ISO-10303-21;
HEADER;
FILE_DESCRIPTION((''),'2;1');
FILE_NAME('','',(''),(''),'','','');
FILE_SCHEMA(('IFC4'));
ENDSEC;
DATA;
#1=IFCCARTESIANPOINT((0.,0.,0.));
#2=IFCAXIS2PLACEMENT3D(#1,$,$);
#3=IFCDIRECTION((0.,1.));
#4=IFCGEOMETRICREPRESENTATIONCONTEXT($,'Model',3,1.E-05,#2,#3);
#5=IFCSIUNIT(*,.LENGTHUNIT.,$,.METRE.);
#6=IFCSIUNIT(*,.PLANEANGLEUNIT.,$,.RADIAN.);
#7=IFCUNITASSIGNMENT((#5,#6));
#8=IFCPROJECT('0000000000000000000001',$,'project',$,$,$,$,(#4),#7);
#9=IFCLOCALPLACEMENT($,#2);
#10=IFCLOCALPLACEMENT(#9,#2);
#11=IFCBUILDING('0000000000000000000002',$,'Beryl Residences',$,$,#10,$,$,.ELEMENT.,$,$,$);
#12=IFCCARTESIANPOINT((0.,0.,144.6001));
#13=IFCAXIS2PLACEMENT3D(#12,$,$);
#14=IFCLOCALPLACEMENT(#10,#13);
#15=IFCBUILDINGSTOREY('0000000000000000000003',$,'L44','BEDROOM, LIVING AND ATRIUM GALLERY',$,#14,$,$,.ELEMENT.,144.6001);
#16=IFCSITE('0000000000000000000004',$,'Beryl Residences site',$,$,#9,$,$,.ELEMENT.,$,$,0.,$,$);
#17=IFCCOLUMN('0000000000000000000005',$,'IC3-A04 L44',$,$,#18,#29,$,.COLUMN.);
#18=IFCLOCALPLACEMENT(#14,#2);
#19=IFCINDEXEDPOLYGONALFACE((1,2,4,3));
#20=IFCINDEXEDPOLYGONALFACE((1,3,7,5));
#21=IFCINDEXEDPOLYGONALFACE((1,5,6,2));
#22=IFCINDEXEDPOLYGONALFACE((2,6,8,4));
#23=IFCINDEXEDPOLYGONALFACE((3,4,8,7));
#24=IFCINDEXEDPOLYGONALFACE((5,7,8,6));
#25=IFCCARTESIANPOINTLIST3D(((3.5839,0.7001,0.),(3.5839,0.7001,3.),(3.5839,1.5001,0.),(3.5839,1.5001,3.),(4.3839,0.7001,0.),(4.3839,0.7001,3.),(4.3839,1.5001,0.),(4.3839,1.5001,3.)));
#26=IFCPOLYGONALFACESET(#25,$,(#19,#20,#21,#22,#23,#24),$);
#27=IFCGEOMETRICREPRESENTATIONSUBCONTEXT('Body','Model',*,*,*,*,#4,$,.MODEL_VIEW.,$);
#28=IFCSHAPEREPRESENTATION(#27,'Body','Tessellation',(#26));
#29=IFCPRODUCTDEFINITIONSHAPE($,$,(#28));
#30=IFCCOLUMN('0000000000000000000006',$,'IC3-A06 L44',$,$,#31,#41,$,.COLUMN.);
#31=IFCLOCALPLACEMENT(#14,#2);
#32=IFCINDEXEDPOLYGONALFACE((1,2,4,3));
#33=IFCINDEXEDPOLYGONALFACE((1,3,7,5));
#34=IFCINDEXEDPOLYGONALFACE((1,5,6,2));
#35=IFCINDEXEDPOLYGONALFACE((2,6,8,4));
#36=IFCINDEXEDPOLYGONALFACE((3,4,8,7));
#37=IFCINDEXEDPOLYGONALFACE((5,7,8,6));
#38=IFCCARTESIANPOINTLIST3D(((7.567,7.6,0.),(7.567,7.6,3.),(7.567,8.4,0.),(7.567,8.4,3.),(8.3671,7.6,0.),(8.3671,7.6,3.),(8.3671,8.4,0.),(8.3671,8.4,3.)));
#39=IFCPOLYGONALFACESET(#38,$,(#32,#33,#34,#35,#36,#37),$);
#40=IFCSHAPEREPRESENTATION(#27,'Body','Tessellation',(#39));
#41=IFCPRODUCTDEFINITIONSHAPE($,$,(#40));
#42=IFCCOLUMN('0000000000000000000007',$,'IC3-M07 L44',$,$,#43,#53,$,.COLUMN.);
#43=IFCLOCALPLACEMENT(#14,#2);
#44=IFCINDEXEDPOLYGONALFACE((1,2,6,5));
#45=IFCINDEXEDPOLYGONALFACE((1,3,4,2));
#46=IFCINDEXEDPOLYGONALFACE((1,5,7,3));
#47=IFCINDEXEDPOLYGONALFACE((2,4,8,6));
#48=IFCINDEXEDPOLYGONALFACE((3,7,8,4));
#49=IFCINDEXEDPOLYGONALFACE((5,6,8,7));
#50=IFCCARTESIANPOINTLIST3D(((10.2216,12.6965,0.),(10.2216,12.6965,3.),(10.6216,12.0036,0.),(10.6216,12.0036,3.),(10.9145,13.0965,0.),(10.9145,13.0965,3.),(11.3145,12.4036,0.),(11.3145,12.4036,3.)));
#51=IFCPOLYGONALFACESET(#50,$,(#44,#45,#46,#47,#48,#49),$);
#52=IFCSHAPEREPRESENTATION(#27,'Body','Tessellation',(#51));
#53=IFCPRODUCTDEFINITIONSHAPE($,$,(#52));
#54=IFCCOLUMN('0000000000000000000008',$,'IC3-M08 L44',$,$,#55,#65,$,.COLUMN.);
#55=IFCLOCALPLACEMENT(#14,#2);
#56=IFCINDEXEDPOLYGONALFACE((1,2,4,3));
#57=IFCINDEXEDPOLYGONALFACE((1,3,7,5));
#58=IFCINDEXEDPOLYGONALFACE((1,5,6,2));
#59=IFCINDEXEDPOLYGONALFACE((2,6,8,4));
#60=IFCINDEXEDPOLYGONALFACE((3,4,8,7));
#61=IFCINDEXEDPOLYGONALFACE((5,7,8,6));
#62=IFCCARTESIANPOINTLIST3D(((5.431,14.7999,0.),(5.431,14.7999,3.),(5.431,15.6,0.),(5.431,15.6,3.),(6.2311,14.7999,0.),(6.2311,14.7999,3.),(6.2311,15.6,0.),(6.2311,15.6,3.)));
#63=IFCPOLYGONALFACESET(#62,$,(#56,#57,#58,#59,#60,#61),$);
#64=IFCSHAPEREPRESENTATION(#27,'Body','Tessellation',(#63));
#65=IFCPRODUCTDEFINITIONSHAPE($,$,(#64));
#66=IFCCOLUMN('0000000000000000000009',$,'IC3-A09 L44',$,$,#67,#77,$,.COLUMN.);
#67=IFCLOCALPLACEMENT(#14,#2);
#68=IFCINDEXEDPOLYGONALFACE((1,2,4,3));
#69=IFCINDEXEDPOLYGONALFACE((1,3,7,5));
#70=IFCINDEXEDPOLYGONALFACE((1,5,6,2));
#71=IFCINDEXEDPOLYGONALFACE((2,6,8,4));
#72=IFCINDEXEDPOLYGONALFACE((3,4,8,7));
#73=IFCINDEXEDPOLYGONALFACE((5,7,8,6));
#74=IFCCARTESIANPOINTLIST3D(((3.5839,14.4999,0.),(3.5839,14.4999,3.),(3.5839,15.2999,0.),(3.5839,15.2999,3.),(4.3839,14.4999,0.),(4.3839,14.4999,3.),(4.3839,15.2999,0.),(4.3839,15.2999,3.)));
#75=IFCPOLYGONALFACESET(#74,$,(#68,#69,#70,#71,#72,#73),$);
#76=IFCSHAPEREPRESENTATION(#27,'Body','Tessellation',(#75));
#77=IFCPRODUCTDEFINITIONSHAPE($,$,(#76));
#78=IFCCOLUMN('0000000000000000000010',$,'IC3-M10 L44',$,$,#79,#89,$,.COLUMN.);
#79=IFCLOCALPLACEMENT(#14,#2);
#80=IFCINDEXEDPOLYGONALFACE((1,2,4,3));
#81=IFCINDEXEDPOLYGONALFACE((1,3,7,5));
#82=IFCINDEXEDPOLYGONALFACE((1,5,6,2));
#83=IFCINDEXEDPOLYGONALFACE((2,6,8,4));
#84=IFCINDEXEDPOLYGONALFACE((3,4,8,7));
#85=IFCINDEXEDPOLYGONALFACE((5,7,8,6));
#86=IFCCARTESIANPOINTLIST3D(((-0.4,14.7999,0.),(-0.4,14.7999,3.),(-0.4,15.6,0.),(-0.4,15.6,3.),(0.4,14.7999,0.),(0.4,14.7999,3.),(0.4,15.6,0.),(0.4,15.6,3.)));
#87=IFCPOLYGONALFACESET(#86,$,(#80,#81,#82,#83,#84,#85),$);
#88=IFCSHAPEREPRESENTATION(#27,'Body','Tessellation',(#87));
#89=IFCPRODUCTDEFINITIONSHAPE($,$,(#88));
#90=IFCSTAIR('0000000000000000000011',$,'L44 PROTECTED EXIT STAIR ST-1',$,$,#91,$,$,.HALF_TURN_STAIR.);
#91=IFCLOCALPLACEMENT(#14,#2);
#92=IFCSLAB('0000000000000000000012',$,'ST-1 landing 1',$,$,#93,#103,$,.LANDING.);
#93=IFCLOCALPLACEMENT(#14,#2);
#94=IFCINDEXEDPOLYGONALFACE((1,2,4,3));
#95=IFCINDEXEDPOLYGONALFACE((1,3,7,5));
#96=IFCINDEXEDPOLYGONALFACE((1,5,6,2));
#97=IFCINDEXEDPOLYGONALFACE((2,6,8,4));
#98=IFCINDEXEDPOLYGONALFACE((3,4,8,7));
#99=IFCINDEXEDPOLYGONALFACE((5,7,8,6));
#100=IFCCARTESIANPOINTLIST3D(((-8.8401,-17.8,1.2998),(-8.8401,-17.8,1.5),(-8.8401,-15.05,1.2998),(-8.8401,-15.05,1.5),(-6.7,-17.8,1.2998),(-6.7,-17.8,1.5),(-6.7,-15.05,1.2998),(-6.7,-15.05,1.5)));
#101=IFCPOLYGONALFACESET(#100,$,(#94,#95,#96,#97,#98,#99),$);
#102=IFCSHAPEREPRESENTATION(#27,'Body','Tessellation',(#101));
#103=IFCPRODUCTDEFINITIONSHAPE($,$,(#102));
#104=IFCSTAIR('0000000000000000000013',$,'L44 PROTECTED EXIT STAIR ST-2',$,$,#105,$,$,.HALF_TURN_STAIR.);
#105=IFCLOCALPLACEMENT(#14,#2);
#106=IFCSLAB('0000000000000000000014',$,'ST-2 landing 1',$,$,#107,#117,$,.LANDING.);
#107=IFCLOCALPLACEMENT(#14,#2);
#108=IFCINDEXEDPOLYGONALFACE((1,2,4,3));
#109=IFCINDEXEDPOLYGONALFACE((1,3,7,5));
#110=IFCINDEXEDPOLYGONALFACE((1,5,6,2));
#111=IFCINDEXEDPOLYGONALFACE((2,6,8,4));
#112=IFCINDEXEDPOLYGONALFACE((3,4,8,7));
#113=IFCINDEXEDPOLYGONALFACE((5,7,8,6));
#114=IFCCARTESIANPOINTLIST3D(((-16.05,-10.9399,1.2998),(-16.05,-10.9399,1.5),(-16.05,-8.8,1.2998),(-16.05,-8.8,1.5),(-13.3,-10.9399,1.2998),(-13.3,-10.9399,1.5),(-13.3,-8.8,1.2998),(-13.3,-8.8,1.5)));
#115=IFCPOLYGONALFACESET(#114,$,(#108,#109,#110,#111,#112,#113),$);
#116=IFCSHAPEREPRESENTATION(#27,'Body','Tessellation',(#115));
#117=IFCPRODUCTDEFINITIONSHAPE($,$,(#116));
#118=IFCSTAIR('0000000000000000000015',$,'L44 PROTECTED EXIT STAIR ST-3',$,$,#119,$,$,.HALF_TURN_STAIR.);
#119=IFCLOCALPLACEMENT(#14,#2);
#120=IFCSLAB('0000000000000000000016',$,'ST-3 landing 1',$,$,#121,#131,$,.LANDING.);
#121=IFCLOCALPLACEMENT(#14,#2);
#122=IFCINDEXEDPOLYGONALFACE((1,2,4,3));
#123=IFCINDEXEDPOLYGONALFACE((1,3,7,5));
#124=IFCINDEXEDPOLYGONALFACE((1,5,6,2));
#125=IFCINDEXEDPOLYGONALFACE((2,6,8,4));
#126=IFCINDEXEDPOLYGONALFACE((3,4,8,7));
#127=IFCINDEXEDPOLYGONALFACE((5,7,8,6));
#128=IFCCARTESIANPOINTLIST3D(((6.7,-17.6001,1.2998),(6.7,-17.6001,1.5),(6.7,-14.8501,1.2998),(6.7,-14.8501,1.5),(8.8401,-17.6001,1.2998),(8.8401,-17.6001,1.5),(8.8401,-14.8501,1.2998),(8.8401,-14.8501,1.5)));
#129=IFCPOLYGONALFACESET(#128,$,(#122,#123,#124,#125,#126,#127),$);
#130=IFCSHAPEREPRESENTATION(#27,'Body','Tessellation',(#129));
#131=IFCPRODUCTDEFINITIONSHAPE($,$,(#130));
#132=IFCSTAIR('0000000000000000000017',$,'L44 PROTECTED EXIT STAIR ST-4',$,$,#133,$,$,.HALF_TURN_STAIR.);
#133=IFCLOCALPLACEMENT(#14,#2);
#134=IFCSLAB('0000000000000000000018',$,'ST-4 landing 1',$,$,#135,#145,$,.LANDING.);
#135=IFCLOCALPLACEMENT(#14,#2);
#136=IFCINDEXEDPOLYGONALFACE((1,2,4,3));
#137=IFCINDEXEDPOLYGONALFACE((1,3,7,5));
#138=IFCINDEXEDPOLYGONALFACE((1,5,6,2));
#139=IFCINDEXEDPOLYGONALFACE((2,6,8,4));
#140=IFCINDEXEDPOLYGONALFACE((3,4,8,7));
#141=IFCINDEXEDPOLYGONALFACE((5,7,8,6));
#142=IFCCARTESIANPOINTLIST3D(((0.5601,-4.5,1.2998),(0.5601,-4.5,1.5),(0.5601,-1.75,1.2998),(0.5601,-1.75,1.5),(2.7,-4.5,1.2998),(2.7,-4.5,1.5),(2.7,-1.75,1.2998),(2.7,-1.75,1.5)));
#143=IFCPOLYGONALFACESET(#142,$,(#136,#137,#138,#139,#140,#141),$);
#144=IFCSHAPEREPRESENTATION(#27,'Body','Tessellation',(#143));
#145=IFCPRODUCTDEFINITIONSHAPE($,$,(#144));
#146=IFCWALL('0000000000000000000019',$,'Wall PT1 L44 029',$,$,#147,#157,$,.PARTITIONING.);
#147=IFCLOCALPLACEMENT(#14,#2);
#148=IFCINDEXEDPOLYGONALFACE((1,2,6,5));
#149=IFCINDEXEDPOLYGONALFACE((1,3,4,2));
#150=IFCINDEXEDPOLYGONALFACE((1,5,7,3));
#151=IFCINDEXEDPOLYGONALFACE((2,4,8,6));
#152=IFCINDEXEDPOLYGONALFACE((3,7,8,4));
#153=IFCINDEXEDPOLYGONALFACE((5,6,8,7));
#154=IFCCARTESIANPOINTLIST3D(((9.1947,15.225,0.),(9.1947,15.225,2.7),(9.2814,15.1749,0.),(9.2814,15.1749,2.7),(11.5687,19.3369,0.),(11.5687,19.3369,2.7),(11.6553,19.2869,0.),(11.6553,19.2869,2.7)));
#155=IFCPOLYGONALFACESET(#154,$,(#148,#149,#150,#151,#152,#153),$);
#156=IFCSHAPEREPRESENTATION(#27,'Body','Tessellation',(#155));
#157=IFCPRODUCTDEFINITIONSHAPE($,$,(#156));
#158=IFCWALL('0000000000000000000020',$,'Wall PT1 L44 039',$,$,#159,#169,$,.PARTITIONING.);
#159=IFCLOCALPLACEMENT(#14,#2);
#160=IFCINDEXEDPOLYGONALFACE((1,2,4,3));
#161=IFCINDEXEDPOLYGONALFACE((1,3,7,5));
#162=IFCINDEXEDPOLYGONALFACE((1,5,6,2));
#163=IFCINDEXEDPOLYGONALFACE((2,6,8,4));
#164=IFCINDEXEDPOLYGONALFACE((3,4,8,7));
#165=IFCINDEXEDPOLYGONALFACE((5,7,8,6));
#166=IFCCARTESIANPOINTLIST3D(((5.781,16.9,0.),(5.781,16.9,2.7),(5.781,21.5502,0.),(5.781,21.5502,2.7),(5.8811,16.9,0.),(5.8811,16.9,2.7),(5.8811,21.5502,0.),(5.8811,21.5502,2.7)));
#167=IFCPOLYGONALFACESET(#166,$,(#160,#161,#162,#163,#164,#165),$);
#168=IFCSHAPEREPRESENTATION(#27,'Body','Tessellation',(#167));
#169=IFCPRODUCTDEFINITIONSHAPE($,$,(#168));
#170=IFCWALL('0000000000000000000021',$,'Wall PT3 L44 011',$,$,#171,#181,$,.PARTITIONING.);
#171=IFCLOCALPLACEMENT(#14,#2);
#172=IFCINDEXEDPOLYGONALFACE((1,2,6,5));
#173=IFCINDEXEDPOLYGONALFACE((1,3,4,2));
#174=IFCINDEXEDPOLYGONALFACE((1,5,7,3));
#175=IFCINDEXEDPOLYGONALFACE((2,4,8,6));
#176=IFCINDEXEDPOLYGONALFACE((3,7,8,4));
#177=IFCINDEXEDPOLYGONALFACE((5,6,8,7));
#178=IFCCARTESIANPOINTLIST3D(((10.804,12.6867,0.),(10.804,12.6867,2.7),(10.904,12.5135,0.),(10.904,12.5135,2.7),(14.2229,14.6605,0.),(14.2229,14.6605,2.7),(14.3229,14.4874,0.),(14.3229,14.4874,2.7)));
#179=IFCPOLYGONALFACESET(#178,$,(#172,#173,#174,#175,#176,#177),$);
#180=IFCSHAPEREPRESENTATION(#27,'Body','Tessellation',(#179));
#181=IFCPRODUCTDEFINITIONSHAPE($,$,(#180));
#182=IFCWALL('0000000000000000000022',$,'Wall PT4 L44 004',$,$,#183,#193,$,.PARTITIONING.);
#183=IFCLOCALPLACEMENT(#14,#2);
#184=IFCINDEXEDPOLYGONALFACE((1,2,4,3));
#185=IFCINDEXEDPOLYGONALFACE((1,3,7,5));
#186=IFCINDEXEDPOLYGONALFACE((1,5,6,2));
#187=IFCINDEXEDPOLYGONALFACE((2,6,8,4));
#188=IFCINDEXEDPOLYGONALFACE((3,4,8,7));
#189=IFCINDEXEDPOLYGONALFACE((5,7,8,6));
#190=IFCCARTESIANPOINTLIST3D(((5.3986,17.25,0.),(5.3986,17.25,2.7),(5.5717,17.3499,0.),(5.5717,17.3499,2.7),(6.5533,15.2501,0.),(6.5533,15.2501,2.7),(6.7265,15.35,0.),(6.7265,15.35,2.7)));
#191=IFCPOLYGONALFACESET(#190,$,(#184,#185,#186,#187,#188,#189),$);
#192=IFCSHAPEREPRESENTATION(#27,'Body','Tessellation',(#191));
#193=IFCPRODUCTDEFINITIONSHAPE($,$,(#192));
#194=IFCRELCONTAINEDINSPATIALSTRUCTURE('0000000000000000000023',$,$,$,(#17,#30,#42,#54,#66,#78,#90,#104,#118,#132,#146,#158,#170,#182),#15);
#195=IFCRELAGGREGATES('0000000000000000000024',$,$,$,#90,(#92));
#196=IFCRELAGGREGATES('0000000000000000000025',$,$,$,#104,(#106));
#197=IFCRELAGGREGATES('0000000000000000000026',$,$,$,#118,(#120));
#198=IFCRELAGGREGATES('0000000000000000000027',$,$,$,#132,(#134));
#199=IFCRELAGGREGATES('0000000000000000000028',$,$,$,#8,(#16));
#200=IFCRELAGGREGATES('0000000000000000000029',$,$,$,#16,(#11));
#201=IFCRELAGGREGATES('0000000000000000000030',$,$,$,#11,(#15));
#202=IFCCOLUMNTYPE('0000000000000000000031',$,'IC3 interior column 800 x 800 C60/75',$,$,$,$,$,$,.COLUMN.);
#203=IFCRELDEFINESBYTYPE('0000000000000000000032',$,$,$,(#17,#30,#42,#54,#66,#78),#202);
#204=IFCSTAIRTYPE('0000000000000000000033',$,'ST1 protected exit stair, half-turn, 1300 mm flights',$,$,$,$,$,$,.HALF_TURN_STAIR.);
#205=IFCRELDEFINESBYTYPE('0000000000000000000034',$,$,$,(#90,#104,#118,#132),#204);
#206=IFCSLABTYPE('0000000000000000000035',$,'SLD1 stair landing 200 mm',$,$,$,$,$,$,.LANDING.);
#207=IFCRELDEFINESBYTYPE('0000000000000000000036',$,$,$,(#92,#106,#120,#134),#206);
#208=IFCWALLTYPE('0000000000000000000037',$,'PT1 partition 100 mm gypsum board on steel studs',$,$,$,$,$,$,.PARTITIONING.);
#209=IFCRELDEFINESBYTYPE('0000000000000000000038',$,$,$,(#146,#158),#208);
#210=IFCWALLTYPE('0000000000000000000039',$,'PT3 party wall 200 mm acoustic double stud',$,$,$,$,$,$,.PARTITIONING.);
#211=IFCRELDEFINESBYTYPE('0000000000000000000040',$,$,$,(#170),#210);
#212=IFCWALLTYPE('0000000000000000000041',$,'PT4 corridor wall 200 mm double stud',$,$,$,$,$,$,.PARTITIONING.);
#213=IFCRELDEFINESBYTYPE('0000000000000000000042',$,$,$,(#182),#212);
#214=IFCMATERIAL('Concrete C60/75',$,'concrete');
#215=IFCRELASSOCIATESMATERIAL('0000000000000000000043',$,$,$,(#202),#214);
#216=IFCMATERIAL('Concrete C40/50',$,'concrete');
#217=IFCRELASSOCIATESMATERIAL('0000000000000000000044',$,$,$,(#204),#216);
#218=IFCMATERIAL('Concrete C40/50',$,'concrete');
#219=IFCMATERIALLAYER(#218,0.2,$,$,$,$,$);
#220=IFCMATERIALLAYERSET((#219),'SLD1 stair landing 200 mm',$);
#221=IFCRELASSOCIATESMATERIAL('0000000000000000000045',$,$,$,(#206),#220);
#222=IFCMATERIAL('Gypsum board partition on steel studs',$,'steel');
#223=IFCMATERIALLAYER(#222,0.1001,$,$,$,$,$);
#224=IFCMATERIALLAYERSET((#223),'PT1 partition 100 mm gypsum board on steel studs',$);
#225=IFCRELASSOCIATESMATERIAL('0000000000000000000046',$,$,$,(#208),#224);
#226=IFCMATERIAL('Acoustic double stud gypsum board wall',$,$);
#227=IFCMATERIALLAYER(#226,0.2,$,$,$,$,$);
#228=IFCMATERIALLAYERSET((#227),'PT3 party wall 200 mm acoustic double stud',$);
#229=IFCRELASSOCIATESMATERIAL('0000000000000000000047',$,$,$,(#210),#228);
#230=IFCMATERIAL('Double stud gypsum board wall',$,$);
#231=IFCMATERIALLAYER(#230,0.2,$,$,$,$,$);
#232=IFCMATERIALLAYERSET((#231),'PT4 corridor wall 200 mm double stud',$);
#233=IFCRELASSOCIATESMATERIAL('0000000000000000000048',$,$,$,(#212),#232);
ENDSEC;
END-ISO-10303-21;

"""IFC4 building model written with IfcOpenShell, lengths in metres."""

from ifc_helpers import new_model, si_unit, direction, frame, frame_2d, origin, origin_2d, place, context, subcontext, project, spatial, polyline, rectangle, outline, extrude, material, layer, layer_set, material_profile, profile_set, type_object, element, aggregate, save


model = new_model("IFC4")

# Units and contexts
model_context = context("Model", 3, precision=1e-05, world=origin(), true_north=direction((0.0, 1.0)))
body_context = subcontext(model_context, "Body", "Model", "MODEL_VIEW")
ifc_project = project(units=[si_unit("LENGTHUNIT", "METRE"), si_unit("PLANEANGLEUNIT", "RADIAN")], contexts=[model_context])

# Site, building, storey
site_placement = place(None, origin())
site = spatial("IfcSite", under=ifc_project, at=site_placement, Name="Beryl Residences site", CompositionType="ELEMENT", RefElevation=0.0)
building_placement = place(site_placement, origin())
building = spatial("IfcBuilding", under=site, at=building_placement, Name="Beryl Residences", CompositionType="ELEMENT")
storey_placement = place(building_placement, frame((0.0, 0.0, 144.6001)))
storey = spatial("IfcBuildingStorey", under=building, at=storey_placement, Name="L44", Description="BEDROOM, LIVING AND ATRIUM GALLERY", CompositionType="ELEMENT", Elevation=144.6001)

# Columns
ifc_material_1 = material(Name="Concrete C60/75", Category="concrete")
ifc_material_profile = material_profile(ifc_material_1, rectangle(XDim=0.8, YDim=0.8, at=origin_2d()))
ifc_profile_set = profile_set([ifc_material_profile], Name="Concrete C60/75")
column_type = type_object("IfcColumnType", Name="IC3 interior column 800 x 800 C60/75", PredefinedType="COLUMN", material=ifc_profile_set)
for number, where, z_axis, x_axis, name in (
    (1, (3.9839, 1.1001, 0.0), (0.0, 0.0, 1.0), (1.0, 0.0, 0.0), "IC3-A04 L44"),
    (2, (7.967, 8.0, 0.0), (0.0, 0.0, 1.0), (1.0, 0.0, 0.0), "IC3-A06 L44"),
    (3, (10.7681, 12.55, 0.0), (0.0, 0.0, 1.0), (-0.5, 0.866025, 0.0), "IC3-M07 L44"),
    (4, (5.8311, 15.2, 0.0), (0.0, 0.0, 1.0), (-1.0, 0.0, 0.0), "IC3-M08 L44"),
    (5, (3.9839, 14.8999, 0.0), (0.0, 0.0, 1.0), (1.0, 0.0, 0.0), "IC3-A09 L44"),
    (6, (0.0, 15.2, 0.0), (0.0, 0.0, 1.0), (-1.0, 0.0, 0.0), "IC3-M10 L44"),
):
    element("IfcColumn", number, at=place(storey_placement, frame(where, z_axis=z_axis, x_axis=x_axis)), inside=storey, type_object=column_type, Name=name, PredefinedType="COLUMN", context=body_context, shape_type="SweptSolid", body=[
        extrude(rectangle(XDim=0.8, YDim=0.8, at=origin_2d()), origin(), (0.0, 0.0, 1.0), 3.0),
    ])

# Stairs, slabs
ifc_material_2 = material(Name="Concrete C40/50", Category="concrete")
stair_type = type_object("IfcStairType", Name="ST1 protected exit stair, half-turn, 1300 mm flights", PredefinedType="HALF_TURN_STAIR", material=ifc_material_2)
stair_1_placement = place(storey_placement, origin())
stair_1 = element("IfcStair", 7, at=stair_1_placement, inside=storey, type_object=stair_type, Name="L44 PROTECTED EXIT STAIR ST-1", PredefinedType="HALF_TURN_STAIR")
ifc_material_3 = material(Name="Concrete C40/50", Category="concrete")
ifc_layer_1 = layer(ifc_material_3, 0.2)
ifc_layer_set_1 = layer_set([ifc_layer_1], Name="SLD1 stair landing 200 mm")
slab_type_1 = type_object("IfcSlabType", Name="SLD1 stair landing 200 mm", PredefinedType="LANDING", material=ifc_layer_set_1)
slab_1_placement = place(storey_placement, frame((0.0, 0.0, 1.2998)))
slab_1 = element("IfcSlab", 8, at=slab_1_placement, type_object=slab_type_1, Name="ST-1 landing 1", PredefinedType="LANDING", context=body_context, shape_type="SweptSolid", body=[
    extrude(outline(polyline([(-8.8401, -17.8), (-6.7, -17.8), (-6.7, -15.05), (-8.8401, -15.05), (-8.8401, -17.8)])), origin(), (0.0, 0.0, 1.0), 0.2002),
])
aggregate(stair_1, [slab_1])
stair_2_placement = place(storey_placement, origin())
stair_2 = element("IfcStair", 9, at=stair_2_placement, inside=storey, type_object=stair_type, Name="L44 PROTECTED EXIT STAIR ST-2", PredefinedType="HALF_TURN_STAIR")
slab_2_placement = place(storey_placement, frame((0.0, 0.0, 1.2998)))
slab_2 = element("IfcSlab", 10, at=slab_2_placement, type_object=slab_type_1, Name="ST-2 landing 1", PredefinedType="LANDING", context=body_context, shape_type="SweptSolid", body=[
    extrude(outline(polyline([(-13.3, -10.9399), (-13.3, -8.8), (-16.05, -8.8), (-16.05, -10.9399), (-13.3, -10.9399)])), origin(), (0.0, 0.0, 1.0), 0.2002),
])
aggregate(stair_2, [slab_2])
stair_3_placement = place(storey_placement, origin())
stair_3 = element("IfcStair", 11, at=stair_3_placement, inside=storey, type_object=stair_type, Name="L44 PROTECTED EXIT STAIR ST-3", PredefinedType="HALF_TURN_STAIR")
slab_3_placement = place(storey_placement, frame((0.0, 0.0, 1.2998)))
slab_3 = element("IfcSlab", 12, at=slab_3_placement, type_object=slab_type_1, Name="ST-3 landing 1", PredefinedType="LANDING", context=body_context, shape_type="SweptSolid", body=[
    extrude(outline(polyline([(8.8401, -14.8501), (6.7, -14.8501), (6.7, -17.6001), (8.8401, -17.6001), (8.8401, -14.8501)])), origin(), (0.0, 0.0, 1.0), 0.2002),
])
aggregate(stair_3, [slab_3])
stair_4_placement = place(storey_placement, origin())
stair_4 = element("IfcStair", 13, at=stair_4_placement, inside=storey, type_object=stair_type, Name="L44 PROTECTED EXIT STAIR ST-4", PredefinedType="HALF_TURN_STAIR")
slab_4_placement = place(storey_placement, frame((0.0, 0.0, 1.2998)))
slab_4 = element("IfcSlab", 14, at=slab_4_placement, type_object=slab_type_1, Name="ST-4 landing 1", PredefinedType="LANDING", context=body_context, shape_type="SweptSolid", body=[
    extrude(outline(polyline([(0.5601, -4.5), (2.7, -4.5), (2.7, -1.75), (0.5601, -1.75), (0.5601, -4.5)])), origin(), (0.0, 0.0, 1.0), 0.2002),
])
aggregate(stair_4, [slab_4])

# Walls
ifc_material_4 = material(Name="Gypsum board partition on steel studs", Category="steel")
ifc_layer_2 = layer(ifc_material_4, 0.1001)
ifc_layer_set_2 = layer_set([ifc_layer_2], Name="PT1 partition 100 mm gypsum board on steel studs")
wall_type_1 = type_object("IfcWallType", Name="PT1 partition 100 mm gypsum board on steel studs", PredefinedType="PARTITIONING", material=ifc_layer_set_2)
wall_1_placement = place(storey_placement, frame((9.238, 15.2, 0.0), z_axis=(0.0, 0.0, 1.0), x_axis=(0.499988, 0.866032, 0.0)))
element("IfcWall", 15, at=wall_1_placement, inside=storey, type_object=wall_type_1, Name="Wall PT1 L44 029", PredefinedType="PARTITIONING", context=body_context, shape_type="SweptSolid", body=[
    extrude(rectangle(XDim=4.748, YDim=0.1001, at=frame_2d((2.374, 0.0))), origin(), (0.0, 0.0, 1.0), 2.7),
])
wall_2_placement = place(storey_placement, frame((5.8311, 16.8999, 0.0), z_axis=(0.0, 0.0, 1.0), x_axis=(0.0, 1.0, 0.0)))
element("IfcWall", 16, at=wall_2_placement, inside=storey, type_object=wall_type_1, Name="Wall PT1 L44 039", PredefinedType="PARTITIONING", context=body_context, shape_type="SweptSolid", body=[
    extrude(rectangle(XDim=4.6501, YDim=0.1001, at=frame_2d((2.3252, 0.0))), origin(), (0.0, 0.0, 1.0), 2.7),
])
ifc_material_5 = material(Name="Acoustic double stud gypsum board wall")
ifc_layer_3 = layer(ifc_material_5, 0.2)
ifc_layer_set_3 = layer_set([ifc_layer_3], Name="PT3 party wall 200 mm acoustic double stud")
wall_type_2 = type_object("IfcWallType", Name="PT3 party wall 200 mm acoustic double stud", PredefinedType="PARTITIONING", material=ifc_layer_set_3)
wall_3_placement = place(storey_placement, frame((10.854, 12.6001, 0.0), z_axis=(0.0, 0.0, 1.0), x_axis=(0.866031, 0.49999, 0.0)))
element("IfcWall", 17, at=wall_3_placement, inside=storey, type_object=wall_type_2, Name="Wall PT3 L44 011", PredefinedType="PARTITIONING", context=body_context, shape_type="SweptSolid", body=[
    extrude(rectangle(XDim=3.9478, YDim=0.2, at=frame_2d((1.9739, 0.0))), origin(), (0.0, 0.0, 1.0), 2.7),
])
ifc_material_6 = material(Name="Double stud gypsum board wall")
ifc_layer_4 = layer(ifc_material_6, 0.2)
ifc_layer_set_4 = layer_set([ifc_layer_4], Name="PT4 corridor wall 200 mm double stud")
wall_type_3 = type_object("IfcWallType", Name="PT4 corridor wall 200 mm double stud", PredefinedType="PARTITIONING", material=ifc_layer_set_4)
wall_4_placement = place(storey_placement, frame((5.4851, 17.3, 0.0), z_axis=(0.0, 0.0, 1.0), x_axis=(0.500027, -0.86601, 0.0)))
element("IfcWall", 18, at=wall_4_placement, inside=storey, type_object=wall_type_3, Name="Wall PT4 L44 004", PredefinedType="PARTITIONING", context=body_context, shape_type="SweptSolid", body=[
    extrude(rectangle(XDim=2.3093, YDim=0.2, at=frame_2d((1.1548, 0.0))), origin(), (0.0, 0.0, 1.0), 2.7),
])

save(model, "model.ifc")
